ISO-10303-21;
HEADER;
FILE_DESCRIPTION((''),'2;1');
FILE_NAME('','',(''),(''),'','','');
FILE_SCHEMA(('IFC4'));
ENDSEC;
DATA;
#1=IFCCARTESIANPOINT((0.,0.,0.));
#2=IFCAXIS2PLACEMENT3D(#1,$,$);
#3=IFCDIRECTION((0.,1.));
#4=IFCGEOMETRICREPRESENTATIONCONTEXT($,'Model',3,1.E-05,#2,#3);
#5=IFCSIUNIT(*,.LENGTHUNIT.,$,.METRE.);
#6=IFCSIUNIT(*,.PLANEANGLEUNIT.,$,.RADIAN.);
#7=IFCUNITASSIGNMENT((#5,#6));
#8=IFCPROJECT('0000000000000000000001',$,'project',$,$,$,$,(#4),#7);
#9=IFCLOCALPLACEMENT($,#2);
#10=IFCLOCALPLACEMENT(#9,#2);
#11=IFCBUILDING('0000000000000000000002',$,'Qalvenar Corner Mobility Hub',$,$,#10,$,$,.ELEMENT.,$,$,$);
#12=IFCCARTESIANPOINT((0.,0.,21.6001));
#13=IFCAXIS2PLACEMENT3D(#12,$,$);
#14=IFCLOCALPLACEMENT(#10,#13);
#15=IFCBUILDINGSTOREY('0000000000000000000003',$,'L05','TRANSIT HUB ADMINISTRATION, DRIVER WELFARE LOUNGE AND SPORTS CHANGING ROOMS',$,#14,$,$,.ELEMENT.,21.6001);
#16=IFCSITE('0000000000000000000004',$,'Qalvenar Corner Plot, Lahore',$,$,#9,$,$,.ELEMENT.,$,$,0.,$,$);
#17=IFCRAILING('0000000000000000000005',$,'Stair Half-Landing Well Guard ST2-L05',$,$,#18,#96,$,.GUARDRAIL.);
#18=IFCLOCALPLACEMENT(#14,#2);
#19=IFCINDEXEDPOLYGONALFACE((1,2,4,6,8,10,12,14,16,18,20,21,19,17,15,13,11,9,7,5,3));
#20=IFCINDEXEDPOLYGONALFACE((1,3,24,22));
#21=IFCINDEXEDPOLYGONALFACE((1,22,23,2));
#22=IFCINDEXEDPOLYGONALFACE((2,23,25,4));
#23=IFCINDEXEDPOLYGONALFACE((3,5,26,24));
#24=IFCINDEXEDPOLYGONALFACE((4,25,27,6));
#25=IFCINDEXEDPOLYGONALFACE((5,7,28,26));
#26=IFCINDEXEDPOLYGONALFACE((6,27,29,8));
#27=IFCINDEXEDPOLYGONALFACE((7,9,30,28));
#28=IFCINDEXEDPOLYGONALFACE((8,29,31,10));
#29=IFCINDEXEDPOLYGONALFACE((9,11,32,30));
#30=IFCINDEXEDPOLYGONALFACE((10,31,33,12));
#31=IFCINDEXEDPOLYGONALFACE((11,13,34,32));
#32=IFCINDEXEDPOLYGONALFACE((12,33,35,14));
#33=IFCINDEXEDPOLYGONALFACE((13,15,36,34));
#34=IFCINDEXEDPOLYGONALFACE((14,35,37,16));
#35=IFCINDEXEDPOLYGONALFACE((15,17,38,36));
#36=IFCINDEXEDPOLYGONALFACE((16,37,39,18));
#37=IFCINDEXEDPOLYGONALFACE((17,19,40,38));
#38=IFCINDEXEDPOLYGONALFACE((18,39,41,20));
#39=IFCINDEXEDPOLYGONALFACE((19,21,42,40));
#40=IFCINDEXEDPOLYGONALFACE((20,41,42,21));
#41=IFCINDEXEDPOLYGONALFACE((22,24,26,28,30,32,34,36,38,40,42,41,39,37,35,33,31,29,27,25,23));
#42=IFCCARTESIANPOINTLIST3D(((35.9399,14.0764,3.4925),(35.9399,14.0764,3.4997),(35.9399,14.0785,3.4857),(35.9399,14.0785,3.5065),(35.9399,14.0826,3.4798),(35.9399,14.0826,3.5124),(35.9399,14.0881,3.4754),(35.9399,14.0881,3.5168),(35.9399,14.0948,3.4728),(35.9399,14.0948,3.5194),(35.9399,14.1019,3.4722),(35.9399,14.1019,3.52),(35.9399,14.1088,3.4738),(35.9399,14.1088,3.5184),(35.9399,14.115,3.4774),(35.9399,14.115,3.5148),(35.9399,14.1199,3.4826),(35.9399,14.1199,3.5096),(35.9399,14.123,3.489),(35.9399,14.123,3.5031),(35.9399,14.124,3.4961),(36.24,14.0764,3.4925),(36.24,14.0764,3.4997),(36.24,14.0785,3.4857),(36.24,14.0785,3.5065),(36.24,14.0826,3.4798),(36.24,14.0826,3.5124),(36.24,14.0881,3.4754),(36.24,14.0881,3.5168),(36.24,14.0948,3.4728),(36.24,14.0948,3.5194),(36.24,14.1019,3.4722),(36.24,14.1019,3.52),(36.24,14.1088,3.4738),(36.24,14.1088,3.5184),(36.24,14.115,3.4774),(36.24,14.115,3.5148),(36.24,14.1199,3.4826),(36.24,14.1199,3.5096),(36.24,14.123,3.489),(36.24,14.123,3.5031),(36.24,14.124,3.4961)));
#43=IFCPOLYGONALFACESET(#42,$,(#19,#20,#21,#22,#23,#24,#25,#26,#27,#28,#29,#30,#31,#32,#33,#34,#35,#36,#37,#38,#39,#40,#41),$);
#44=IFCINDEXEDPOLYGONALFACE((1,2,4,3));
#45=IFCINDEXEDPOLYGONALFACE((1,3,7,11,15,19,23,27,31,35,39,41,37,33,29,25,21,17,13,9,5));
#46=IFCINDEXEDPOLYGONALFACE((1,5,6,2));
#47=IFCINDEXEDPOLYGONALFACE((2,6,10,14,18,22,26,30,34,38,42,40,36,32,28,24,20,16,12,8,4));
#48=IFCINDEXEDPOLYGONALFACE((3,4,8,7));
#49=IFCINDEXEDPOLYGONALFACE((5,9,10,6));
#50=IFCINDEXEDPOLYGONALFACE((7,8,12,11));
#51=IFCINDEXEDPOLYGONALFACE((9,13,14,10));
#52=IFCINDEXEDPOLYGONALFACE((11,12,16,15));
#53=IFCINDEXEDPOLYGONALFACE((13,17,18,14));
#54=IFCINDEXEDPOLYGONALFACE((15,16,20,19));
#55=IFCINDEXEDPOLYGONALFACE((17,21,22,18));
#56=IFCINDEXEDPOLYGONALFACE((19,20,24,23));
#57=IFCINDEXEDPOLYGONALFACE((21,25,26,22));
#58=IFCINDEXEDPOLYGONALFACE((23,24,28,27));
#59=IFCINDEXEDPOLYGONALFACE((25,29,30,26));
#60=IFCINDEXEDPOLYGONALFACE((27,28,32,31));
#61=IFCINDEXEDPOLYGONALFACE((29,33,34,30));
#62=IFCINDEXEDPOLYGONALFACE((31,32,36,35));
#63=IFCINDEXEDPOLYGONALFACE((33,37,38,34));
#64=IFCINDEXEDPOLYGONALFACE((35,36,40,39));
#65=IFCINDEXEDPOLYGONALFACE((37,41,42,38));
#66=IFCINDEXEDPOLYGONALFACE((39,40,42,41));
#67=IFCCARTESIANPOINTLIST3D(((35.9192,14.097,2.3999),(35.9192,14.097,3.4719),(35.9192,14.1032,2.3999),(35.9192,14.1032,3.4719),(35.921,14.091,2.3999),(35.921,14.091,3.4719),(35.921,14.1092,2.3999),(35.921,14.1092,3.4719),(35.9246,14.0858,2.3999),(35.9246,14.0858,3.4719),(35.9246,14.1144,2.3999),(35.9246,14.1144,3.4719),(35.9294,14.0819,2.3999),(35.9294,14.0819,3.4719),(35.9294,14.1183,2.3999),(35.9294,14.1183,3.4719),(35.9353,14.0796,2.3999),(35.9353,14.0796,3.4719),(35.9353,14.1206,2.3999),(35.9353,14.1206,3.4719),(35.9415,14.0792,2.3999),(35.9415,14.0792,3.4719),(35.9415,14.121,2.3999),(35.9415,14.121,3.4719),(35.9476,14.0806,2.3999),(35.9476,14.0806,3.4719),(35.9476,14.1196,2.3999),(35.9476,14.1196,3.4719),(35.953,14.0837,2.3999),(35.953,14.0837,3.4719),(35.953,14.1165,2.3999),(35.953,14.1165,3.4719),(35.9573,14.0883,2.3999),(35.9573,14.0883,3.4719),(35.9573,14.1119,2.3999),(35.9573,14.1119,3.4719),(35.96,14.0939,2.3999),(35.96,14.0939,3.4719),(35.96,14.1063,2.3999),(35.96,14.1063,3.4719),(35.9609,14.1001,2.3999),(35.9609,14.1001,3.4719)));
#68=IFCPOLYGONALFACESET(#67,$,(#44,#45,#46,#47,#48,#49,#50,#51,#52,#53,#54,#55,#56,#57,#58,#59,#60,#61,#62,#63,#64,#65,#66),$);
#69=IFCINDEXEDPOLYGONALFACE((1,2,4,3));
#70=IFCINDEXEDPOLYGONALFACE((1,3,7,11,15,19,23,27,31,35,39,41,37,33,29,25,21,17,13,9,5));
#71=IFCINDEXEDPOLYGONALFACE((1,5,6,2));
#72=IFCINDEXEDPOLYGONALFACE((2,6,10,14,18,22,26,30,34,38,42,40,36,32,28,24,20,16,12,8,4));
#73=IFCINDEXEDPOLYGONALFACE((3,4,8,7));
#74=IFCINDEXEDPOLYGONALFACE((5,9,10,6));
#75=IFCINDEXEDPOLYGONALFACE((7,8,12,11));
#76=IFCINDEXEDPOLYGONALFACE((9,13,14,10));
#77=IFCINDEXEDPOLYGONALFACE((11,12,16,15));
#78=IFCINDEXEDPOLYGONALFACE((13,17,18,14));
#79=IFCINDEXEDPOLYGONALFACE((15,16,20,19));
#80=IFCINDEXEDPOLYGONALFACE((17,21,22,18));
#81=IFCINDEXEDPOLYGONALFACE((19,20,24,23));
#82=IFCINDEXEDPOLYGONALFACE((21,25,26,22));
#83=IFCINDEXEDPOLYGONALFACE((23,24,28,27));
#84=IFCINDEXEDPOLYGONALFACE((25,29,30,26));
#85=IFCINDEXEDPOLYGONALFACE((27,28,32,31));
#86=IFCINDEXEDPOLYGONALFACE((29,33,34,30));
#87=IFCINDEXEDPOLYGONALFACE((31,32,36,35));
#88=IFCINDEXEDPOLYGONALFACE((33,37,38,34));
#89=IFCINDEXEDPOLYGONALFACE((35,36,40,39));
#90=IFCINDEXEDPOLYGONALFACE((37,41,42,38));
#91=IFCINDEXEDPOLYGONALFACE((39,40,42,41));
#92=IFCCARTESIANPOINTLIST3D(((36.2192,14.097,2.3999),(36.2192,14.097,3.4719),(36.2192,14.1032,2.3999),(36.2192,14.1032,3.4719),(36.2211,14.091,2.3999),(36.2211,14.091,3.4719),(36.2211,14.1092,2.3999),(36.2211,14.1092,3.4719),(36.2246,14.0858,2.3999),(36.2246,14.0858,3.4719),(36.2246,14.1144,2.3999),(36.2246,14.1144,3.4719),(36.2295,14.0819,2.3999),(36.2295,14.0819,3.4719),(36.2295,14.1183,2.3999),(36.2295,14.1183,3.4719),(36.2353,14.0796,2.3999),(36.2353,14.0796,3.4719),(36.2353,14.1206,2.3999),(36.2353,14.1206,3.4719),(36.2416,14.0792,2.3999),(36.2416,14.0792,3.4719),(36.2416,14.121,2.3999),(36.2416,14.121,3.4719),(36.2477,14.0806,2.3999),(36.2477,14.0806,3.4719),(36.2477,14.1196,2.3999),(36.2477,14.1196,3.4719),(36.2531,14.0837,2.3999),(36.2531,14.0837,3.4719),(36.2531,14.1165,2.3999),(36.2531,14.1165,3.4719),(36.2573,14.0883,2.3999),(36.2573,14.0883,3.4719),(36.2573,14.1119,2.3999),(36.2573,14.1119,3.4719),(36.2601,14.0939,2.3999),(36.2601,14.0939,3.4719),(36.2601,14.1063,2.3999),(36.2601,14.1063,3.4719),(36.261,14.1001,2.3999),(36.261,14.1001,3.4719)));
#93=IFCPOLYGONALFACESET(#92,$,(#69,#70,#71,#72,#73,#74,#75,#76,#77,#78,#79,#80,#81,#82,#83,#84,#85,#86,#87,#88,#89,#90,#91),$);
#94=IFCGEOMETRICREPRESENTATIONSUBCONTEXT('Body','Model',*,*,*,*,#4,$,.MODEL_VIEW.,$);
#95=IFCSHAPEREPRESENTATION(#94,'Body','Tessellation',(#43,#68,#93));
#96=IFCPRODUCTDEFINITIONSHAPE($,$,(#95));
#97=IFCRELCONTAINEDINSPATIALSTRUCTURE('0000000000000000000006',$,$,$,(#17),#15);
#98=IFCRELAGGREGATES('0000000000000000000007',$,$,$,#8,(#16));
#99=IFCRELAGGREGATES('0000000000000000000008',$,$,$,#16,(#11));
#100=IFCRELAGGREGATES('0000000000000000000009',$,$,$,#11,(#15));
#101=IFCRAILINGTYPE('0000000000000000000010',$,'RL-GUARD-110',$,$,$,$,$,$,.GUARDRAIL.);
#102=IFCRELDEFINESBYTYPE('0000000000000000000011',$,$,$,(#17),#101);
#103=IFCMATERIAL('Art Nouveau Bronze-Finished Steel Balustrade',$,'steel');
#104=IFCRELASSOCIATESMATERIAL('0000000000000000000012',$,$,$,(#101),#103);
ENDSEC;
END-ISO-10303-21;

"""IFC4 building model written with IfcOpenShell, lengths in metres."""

from ifc_helpers import new_model, si_unit, direction, frame, origin, origin_2d, place, context, subcontext, project, spatial, circle, extrude, material, type_object, element, save


model = new_model("IFC4")

# Units and contexts
model_context = context("Model", 3, precision=1e-05, world=origin(), true_north=direction((0.0, 1.0)))
body_context = subcontext(model_context, "Body", "Model", "MODEL_VIEW")
ifc_project = project(units=[si_unit("LENGTHUNIT", "METRE"), si_unit("PLANEANGLEUNIT", "RADIAN")], contexts=[model_context])

# Site, building, storey
site_placement = place(None, origin())
site = spatial("IfcSite", under=ifc_project, at=site_placement, Name="Qalvenar Corner Plot, Lahore", CompositionType="ELEMENT", RefElevation=0.0)
building_placement = place(site_placement, origin())
building = spatial("IfcBuilding", under=site, at=building_placement, Name="Qalvenar Corner Mobility Hub", CompositionType="ELEMENT")
storey_placement = place(building_placement, frame((0.0, 0.0, 21.6001)))
storey = spatial("IfcBuildingStorey", under=building, at=storey_placement, Name="L05", Description="TRANSIT HUB ADMINISTRATION, DRIVER WELFARE LOUNGE AND SPORTS CHANGING ROOMS", CompositionType="ELEMENT", Elevation=21.6001)

# Railing
ifc_material_1 = material(Name="Art Nouveau Bronze-Finished Steel Balustrade", Category="steel")
railing_type_1 = type_object("IfcRailingType", Name="RL-GUARD-110", PredefinedType="GUARDRAIL", material=ifc_material_1)
for number, where, name in (
    (1, (35.9399, 14.1001, 2.3999), "Stair Half-Landing Well Guard ST2-L05"),
):
    element("IfcRailing", number, at=place(storey_placement, frame(where)), inside=storey, type_object=railing_type_1, Name=name, PredefinedType="GUARDRAIL", context=body_context, shape_type="SweptSolid", body=[
        extrude(circle(Radius=0.0239, at=origin_2d()), frame((0.0, 0.0, 1.0962), z_axis=(1.0, 0.0, 0.0), x_axis=(0.0, 1.0, 0.0)), (0.0, 0.0, 1.0), 0.3),
        extrude(circle(Radius=0.021, at=origin_2d()), origin(), (0.0, 0.0, 1.0), 1.072),
        extrude(circle(Radius=0.021, at=origin_2d()), frame((0.3, 0.0, 0.0)), (0.0, 0.0, 1.0), 1.072),
    ])

save(model, "model.ifc")
